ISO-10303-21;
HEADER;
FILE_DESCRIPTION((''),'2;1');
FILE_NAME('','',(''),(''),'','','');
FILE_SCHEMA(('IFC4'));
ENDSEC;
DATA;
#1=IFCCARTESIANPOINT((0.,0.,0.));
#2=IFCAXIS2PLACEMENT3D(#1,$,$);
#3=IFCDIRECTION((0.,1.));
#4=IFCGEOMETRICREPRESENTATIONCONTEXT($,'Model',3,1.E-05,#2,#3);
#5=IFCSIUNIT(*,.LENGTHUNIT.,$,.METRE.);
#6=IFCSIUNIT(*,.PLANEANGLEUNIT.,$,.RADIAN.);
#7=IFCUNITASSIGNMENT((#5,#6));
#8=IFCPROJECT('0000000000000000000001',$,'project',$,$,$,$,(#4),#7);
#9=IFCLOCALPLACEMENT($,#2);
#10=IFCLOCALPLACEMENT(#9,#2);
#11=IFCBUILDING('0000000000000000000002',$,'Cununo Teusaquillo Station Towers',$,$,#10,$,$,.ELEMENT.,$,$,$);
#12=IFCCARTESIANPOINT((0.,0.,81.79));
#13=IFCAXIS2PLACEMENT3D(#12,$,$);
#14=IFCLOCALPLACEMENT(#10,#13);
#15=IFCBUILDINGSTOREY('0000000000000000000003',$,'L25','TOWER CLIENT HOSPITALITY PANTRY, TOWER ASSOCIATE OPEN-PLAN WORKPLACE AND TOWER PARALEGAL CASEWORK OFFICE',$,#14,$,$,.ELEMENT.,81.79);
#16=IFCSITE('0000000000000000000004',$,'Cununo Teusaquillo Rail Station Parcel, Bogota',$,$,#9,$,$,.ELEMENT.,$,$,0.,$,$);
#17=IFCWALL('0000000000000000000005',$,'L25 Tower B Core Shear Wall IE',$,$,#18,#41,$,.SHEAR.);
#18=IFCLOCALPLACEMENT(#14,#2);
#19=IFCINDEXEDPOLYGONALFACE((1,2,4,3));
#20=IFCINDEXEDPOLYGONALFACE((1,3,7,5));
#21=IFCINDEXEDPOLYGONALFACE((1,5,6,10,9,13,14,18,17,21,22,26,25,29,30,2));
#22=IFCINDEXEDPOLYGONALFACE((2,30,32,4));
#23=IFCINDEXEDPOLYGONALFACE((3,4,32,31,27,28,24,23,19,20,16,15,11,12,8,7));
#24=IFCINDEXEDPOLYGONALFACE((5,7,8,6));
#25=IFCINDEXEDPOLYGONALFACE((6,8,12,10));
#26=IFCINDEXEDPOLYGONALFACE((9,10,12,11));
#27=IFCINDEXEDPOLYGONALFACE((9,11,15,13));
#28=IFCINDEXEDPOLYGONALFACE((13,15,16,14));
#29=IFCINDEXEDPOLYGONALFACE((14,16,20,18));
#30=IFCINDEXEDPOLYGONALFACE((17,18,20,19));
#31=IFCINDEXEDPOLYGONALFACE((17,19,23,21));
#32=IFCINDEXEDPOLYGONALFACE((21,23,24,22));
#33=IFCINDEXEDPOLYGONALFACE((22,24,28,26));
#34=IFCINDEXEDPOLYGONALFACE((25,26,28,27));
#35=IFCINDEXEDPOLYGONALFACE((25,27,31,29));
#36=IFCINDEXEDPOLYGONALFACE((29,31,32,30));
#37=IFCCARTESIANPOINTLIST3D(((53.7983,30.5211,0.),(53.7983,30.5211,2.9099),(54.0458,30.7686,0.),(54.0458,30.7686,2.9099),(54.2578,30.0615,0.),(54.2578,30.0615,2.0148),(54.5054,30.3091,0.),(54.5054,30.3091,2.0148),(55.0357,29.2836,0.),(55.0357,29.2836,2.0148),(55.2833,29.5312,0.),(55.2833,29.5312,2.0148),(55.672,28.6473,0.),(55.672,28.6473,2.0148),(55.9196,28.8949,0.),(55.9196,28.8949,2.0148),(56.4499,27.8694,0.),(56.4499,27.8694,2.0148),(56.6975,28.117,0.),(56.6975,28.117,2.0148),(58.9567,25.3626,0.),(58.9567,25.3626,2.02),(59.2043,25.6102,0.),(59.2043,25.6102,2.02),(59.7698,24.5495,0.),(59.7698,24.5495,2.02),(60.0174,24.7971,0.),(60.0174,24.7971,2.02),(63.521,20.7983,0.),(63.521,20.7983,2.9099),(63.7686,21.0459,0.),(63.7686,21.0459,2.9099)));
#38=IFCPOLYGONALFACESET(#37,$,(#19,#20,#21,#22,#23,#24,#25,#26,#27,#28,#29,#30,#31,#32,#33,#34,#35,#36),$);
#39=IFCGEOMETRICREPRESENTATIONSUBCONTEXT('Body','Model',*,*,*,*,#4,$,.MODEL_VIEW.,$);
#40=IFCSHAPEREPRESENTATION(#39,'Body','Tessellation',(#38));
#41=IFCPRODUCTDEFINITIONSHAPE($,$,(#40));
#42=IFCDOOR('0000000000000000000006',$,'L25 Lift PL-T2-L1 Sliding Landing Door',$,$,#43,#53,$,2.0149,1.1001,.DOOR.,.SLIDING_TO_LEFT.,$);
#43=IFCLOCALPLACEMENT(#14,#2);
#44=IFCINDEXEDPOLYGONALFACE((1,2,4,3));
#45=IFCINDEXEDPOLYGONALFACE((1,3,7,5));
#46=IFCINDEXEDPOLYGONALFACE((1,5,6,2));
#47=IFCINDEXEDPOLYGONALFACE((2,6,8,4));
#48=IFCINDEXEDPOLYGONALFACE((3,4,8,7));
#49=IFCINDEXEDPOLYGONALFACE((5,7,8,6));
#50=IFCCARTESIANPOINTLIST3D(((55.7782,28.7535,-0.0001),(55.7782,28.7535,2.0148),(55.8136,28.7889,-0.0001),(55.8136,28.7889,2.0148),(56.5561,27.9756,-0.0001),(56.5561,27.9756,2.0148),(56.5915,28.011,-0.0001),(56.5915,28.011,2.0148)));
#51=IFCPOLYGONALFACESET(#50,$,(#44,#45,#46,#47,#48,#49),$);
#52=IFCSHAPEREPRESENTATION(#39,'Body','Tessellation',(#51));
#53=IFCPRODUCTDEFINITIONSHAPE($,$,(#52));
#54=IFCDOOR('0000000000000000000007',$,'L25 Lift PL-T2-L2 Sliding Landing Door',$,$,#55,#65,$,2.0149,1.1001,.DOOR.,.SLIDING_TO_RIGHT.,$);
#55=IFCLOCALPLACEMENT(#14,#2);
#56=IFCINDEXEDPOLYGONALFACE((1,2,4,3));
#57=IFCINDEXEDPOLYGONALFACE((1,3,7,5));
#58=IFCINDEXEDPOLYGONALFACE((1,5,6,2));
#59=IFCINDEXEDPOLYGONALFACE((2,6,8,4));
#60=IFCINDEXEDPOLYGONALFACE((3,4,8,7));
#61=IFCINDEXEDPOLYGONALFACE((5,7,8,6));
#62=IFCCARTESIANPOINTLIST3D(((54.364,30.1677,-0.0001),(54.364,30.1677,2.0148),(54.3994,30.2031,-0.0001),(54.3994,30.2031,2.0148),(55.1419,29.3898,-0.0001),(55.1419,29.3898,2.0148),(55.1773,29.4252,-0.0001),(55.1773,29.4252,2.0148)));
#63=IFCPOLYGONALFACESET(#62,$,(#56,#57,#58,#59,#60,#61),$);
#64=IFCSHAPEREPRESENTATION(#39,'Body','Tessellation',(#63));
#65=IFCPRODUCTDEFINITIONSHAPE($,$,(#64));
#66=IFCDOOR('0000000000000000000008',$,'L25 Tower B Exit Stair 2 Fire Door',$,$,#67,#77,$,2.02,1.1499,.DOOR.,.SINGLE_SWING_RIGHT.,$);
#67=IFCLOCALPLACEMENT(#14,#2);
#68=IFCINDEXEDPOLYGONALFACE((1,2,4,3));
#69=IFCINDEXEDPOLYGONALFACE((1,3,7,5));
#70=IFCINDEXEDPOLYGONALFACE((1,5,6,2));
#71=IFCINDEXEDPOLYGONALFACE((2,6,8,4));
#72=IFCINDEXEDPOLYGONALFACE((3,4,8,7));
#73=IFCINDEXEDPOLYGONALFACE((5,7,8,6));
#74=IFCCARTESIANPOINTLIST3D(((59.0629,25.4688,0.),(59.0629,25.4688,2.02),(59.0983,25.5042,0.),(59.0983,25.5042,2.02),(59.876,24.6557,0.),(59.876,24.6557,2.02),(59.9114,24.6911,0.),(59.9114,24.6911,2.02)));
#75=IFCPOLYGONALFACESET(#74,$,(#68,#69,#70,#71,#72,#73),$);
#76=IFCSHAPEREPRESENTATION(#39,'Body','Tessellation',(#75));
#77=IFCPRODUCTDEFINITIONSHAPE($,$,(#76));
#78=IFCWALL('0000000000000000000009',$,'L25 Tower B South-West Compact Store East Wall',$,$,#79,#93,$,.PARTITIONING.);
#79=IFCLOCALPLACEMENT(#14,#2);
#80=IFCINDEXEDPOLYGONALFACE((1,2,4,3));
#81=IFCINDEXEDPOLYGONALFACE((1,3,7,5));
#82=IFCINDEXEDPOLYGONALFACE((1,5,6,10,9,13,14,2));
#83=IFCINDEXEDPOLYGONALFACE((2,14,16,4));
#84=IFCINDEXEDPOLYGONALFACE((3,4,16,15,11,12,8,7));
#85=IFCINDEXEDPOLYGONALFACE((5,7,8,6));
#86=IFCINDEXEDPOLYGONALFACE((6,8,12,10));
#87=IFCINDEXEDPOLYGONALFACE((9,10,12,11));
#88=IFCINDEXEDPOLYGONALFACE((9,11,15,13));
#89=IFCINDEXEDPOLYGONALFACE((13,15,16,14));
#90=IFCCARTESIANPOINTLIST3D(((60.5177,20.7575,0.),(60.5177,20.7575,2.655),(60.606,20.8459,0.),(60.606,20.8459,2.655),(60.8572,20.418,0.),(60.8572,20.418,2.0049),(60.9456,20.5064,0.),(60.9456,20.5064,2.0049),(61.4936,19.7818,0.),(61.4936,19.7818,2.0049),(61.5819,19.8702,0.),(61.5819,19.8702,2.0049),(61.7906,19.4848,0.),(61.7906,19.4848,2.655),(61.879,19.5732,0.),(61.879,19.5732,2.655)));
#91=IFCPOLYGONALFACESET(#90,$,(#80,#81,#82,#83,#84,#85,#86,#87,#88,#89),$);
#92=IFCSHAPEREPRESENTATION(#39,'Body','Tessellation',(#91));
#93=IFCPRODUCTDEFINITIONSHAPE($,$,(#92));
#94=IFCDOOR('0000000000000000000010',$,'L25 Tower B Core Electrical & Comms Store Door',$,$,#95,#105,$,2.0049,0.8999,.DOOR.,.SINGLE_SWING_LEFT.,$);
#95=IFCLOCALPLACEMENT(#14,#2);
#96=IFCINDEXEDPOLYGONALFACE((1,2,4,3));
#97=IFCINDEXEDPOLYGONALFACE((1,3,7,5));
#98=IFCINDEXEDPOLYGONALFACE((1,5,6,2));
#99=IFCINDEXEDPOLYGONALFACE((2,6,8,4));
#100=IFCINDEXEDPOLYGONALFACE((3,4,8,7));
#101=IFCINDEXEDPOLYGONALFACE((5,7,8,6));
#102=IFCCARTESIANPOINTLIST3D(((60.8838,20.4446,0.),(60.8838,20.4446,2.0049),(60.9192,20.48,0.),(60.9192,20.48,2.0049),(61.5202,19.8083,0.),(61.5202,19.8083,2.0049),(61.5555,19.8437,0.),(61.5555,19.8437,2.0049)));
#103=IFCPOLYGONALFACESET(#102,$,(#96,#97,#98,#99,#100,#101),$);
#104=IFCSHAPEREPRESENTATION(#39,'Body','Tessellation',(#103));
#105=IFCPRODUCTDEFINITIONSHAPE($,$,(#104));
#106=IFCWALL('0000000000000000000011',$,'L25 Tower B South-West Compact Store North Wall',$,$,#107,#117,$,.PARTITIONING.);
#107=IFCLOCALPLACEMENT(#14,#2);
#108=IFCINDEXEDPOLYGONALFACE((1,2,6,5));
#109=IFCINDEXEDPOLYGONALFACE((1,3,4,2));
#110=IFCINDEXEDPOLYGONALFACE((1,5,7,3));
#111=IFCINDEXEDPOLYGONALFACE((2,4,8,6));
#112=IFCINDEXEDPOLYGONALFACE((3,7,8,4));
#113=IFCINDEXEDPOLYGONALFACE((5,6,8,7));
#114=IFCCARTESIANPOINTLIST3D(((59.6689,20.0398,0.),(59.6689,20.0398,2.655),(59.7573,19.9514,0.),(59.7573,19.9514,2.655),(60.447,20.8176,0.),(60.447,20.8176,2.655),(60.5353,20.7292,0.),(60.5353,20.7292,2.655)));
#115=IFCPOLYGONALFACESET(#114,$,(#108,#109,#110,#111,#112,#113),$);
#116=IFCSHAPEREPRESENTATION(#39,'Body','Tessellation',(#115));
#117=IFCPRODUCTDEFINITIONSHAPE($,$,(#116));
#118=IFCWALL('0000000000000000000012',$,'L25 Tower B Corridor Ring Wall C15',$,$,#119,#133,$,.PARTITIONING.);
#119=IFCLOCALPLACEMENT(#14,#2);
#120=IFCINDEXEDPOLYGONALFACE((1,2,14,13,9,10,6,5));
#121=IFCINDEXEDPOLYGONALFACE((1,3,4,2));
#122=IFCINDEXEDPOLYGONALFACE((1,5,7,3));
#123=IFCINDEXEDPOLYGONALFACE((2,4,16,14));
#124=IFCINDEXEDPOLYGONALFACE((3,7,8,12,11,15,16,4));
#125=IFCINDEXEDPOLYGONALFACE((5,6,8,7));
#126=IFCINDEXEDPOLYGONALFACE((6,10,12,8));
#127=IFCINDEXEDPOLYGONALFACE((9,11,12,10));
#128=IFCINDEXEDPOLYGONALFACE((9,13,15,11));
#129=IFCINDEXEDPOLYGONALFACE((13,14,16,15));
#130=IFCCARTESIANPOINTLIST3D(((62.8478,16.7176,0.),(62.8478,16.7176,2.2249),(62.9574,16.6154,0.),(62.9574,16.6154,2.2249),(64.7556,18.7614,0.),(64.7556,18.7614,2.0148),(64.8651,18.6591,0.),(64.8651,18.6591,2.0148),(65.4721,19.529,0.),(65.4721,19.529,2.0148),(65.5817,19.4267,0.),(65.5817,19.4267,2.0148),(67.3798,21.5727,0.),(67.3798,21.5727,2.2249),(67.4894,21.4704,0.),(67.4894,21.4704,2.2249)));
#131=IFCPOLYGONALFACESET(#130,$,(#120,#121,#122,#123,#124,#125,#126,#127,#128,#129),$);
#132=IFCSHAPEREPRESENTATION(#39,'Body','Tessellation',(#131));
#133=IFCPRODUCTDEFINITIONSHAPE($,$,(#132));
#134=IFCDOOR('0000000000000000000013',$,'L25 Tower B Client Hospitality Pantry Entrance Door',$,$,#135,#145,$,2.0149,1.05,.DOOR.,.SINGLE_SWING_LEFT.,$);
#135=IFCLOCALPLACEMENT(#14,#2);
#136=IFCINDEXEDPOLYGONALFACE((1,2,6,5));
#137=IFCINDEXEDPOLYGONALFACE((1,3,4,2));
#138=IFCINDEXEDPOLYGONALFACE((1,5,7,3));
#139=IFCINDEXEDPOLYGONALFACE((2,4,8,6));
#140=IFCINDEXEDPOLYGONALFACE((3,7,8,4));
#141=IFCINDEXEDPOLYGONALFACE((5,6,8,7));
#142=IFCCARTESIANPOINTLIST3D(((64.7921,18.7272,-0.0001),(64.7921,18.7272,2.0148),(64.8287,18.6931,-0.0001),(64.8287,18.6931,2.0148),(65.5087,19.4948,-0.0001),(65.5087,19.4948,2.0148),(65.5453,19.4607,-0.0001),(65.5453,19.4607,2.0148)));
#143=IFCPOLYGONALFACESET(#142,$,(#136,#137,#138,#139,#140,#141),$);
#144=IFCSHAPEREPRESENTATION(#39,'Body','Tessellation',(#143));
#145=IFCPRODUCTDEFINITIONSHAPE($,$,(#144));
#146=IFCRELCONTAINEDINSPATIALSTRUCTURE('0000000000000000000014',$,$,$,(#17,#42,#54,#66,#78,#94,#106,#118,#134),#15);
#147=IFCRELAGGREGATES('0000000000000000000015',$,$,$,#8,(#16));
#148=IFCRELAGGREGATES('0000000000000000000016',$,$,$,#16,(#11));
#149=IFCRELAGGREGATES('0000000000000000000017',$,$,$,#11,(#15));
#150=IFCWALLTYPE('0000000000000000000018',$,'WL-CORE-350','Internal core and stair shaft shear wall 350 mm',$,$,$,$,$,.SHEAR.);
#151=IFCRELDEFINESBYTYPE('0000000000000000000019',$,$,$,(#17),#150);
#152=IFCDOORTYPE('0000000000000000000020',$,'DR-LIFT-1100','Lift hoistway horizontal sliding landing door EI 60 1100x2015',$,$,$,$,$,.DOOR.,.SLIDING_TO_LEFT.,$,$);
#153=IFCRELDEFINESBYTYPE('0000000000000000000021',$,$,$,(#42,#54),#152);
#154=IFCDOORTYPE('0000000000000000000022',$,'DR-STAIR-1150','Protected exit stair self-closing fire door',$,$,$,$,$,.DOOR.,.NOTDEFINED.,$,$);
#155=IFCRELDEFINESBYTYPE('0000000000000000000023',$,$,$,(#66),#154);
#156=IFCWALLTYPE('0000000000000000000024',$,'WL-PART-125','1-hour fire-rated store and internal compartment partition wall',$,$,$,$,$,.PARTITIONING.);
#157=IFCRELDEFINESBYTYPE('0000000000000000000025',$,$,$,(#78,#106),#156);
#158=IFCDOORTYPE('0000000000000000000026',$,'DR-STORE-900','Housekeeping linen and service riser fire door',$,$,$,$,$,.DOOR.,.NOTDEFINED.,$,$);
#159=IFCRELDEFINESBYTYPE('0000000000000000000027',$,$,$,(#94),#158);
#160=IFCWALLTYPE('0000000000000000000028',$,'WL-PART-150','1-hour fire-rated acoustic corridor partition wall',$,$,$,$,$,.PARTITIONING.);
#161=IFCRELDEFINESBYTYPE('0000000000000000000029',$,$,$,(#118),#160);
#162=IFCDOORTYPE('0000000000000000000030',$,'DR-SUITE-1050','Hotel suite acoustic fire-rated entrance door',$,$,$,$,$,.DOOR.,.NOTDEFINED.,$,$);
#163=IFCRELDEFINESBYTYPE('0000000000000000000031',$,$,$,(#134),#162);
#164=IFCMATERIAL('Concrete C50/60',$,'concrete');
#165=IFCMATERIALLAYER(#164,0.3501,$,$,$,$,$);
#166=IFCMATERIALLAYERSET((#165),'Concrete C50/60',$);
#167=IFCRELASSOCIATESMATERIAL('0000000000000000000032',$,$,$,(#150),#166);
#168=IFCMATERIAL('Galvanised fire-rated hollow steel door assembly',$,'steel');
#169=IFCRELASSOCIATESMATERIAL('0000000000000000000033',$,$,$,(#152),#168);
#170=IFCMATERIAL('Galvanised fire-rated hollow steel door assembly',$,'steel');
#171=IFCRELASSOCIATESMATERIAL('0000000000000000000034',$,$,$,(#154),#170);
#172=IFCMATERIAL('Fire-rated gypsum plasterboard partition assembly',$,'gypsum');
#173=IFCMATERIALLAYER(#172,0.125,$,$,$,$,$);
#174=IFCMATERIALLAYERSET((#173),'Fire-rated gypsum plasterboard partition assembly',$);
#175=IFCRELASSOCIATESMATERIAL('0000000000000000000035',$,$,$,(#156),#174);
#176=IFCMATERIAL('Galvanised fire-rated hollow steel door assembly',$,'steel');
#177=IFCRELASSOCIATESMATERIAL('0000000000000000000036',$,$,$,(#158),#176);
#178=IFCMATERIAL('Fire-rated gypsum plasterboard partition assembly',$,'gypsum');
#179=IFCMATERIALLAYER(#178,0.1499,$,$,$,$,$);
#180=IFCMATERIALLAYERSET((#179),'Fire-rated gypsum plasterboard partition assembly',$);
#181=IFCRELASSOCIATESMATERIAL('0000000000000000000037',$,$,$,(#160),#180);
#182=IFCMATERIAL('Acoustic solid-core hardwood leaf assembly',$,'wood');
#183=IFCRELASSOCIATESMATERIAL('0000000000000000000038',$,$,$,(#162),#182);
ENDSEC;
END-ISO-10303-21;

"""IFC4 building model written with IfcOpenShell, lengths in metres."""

from ifc_helpers import new_model, si_unit, direction, frame, frame_2d, origin, place, context, subcontext, project, spatial, rectangle, extrude, source, transform, mapped, material, layer, layer_set, type_object, element, fill, save


model = new_model("IFC4")

# Units and contexts
model_context = context("Model", 3, precision=1e-05, world=origin(), true_north=direction((0.0, 1.0)))
body_context = subcontext(model_context, "Body", "Model", "MODEL_VIEW")
ifc_project = project(units=[si_unit("LENGTHUNIT", "METRE"), si_unit("PLANEANGLEUNIT", "RADIAN")], contexts=[model_context])

# Site, building, storey
site_placement = place(None, origin())
site = spatial("IfcSite", under=ifc_project, at=site_placement, Name="Cununo Teusaquillo Rail Station Parcel, Bogota", CompositionType="ELEMENT", RefElevation=0.0)
building_placement = place(site_placement, origin())
building = spatial("IfcBuilding", under=site, at=building_placement, Name="Cununo Teusaquillo Station Towers", CompositionType="ELEMENT")
storey_placement = place(building_placement, frame((0.0, 0.0, 81.79)))
storey = spatial("IfcBuildingStorey", under=building, at=storey_placement, Name="L25", Description="TOWER CLIENT HOSPITALITY PANTRY, TOWER ASSOCIATE OPEN-PLAN WORKPLACE AND TOWER PARALEGAL CASEWORK OFFICE", CompositionType="ELEMENT", Elevation=81.79)

# Wall, openings, doors
ifc_material_1 = material(Name="Concrete C50/60", Category="concrete")
ifc_layer_1 = layer(ifc_material_1, 0.3501)
ifc_layer_set_1 = layer_set([ifc_layer_1], Name="Concrete C50/60")
wall_type_1 = type_object("IfcWallType", Name="WL-CORE-350", Description="Internal core and stair shaft shear wall 350 mm", PredefinedType="SHEAR", material=ifc_layer_set_1)
shared_shape_1 = source(origin(), body_context, "Body", "SweptSolid", [
    extrude(rectangle(XDim=1.1001, YDim=2.0149, at=frame_2d((0.55, 1.0073))), frame((0.0, 0.1851, 0.0), z_axis=(0.0, -1.0, 0.0), x_axis=(1.0, 0.0, 0.0)), (0.0, 0.0, 1.0), 0.3701),
])
shared_shape_2 = source(origin(), body_context, "Body", "SweptSolid", [
    extrude(rectangle(XDim=1.1499, YDim=2.02, at=frame_2d((0.575, 1.01))), frame((0.0, 0.1851, 0.0), z_axis=(0.0, -1.0, 0.0), x_axis=(1.0, 0.0, 0.0)), (0.0, 0.0, 1.0), 0.3701),
])
ifc_material_2 = material(Name="Galvanised fire-rated hollow steel door assembly", Category="steel")
door_type_1 = type_object("IfcDoorType", Name="DR-LIFT-1100", Description="Lift hoistway horizontal sliding landing door EI 60 1100x2015", OperationType="SLIDING_TO_LEFT", PredefinedType="DOOR", material=ifc_material_2)
shared_shape_3 = source(origin(), body_context, "Body", "SweptSolid", [
    extrude(rectangle(XDim=1.1001, YDim=2.0149, at=frame_2d((0.55, 1.0073))), frame((0.0, 0.0249, 0.0), z_axis=(0.0, -1.0, 0.0), x_axis=(1.0, 0.0, 0.0)), (0.0, 0.0, 1.0), 0.05),
])
ifc_material_3 = material(Name="Galvanised fire-rated hollow steel door assembly", Category="steel")
door_type_2 = type_object("IfcDoorType", Name="DR-STAIR-1150", Description="Protected exit stair self-closing fire door", OperationType="NOTDEFINED", PredefinedType="DOOR", material=ifc_material_3)
shared_shape_4 = source(origin(), body_context, "Body", "SweptSolid", [
    extrude(rectangle(XDim=1.1499, YDim=2.02, at=frame_2d((0.575, 1.01))), frame((0.0, 0.0249, 0.0), z_axis=(0.0, -1.0, 0.0), x_axis=(1.0, 0.0, 0.0)), (0.0, 0.0, 1.0), 0.05),
])
wall_1_placement = place(storey_placement, frame((63.6448, 20.9221, 0.0), z_axis=(0.0, 0.0, 1.0), x_axis=(-0.707107, 0.707107, 0.0)))
wall_1 = element("IfcWall", 1, at=wall_1_placement, inside=storey, type_object=wall_type_1, Name="L25 Tower B Core Shear Wall IE", PredefinedType="SHEAR", context=body_context, shape_type="SweptSolid", body=[
    extrude(rectangle(XDim=13.75, YDim=0.3501, at=frame_2d((6.875, 0.0))), origin(), (0.0, 0.0, 1.0), 2.9099),
])
opening_1_placement = place(wall_1_placement, frame((10.0, 0.0, 0.0)))
opening_1 = element("IfcOpeningElement", 2, at=opening_1_placement, cuts=wall_1, PredefinedType="OPENING", context=body_context, shape_type="MappedRepresentation", body=[
    mapped(shared_shape_1, transform((0.0, 0.0, 0.0), x_axis=(1.0, 0.0, 0.0), y_axis=(0.0, 1.0, 0.0), z_axis=(0.0, 0.0, 1.0), scale=1.0)),
])
opening_2_placement = place(wall_1_placement, frame((12.0, 0.0, 0.0)))
opening_2 = element("IfcOpeningElement", 3, at=opening_2_placement, cuts=wall_1, PredefinedType="OPENING", context=body_context, shape_type="MappedRepresentation", body=[
    mapped(shared_shape_1, transform((0.0, 0.0, 0.0), x_axis=(1.0, 0.0, 0.0), y_axis=(0.0, 1.0, 0.0), z_axis=(0.0, 0.0, 1.0), scale=1.0)),
])
opening_3_placement = place(wall_1_placement, frame((5.3049, 0.0, 0.0)))
opening_3 = element("IfcOpeningElement", 4, at=opening_3_placement, cuts=wall_1, PredefinedType="OPENING", context=body_context, shape_type="MappedRepresentation", body=[
    mapped(shared_shape_2, transform((0.0, 0.0, 0.0), x_axis=(1.0, 0.0, 0.0), y_axis=(0.0, 1.0, 0.0), z_axis=(0.0, 0.0, 1.0), scale=1.0)),
])
door_1_placement = place(opening_1_placement, origin())
door_1 = element("IfcDoor", 5, at=door_1_placement, inside=storey, type_object=door_type_1, Name="L25 Lift PL-T2-L1 Sliding Landing Door", OperationType="SLIDING_TO_LEFT", OverallHeight=2.0149, OverallWidth=1.1001, PredefinedType="DOOR", context=body_context, shape_type="MappedRepresentation", body=[
    mapped(shared_shape_3, transform((0.0, 0.0, 0.0), x_axis=(1.0, 0.0, 0.0), y_axis=(0.0, 1.0, 0.0), z_axis=(0.0, 0.0, 1.0), scale=1.0)),
])
fill(opening_1, door_1)
door_2_placement = place(opening_2_placement, origin())
door_2 = element("IfcDoor", 6, at=door_2_placement, inside=storey, type_object=door_type_1, Name="L25 Lift PL-T2-L2 Sliding Landing Door", OperationType="SLIDING_TO_RIGHT", OverallHeight=2.0149, OverallWidth=1.1001, PredefinedType="DOOR", context=body_context, shape_type="MappedRepresentation", body=[
    mapped(shared_shape_3, transform((0.0, 0.0, 0.0), x_axis=(1.0, 0.0, 0.0), y_axis=(0.0, 1.0, 0.0), z_axis=(0.0, 0.0, 1.0), scale=1.0)),
])
fill(opening_2, door_2)
door_3_placement = place(opening_3_placement, origin())
door_3 = element("IfcDoor", 7, at=door_3_placement, inside=storey, type_object=door_type_2, Name="L25 Tower B Exit Stair 2 Fire Door", OperationType="SINGLE_SWING_RIGHT", OverallHeight=2.02, OverallWidth=1.1499, PredefinedType="DOOR", context=body_context, shape_type="MappedRepresentation", body=[
    mapped(shared_shape_4, transform((0.0, 0.0, 0.0), x_axis=(1.0, 0.0, 0.0), y_axis=(0.0, 1.0, 0.0), z_axis=(0.0, 0.0, 1.0), scale=1.0)),
])
fill(opening_3, door_3)

# Wall, opening, door
ifc_material_4 = material(Name="Fire-rated gypsum plasterboard partition assembly", Category="gypsum")
ifc_layer_2 = layer(ifc_material_4, 0.125)
ifc_layer_set_2 = layer_set([ifc_layer_2], Name="Fire-rated gypsum plasterboard partition assembly")
wall_type_2 = type_object("IfcWallType", Name="WL-PART-125", Description="1-hour fire-rated store and internal compartment partition wall", PredefinedType="PARTITIONING", material=ifc_layer_set_2)
wall_2_placement = place(storey_placement, frame((61.8347, 19.5291, 0.0), z_axis=(0.0, 0.0, 1.0), x_axis=(-0.707175, 0.707039, 0.0)))
wall_2 = element("IfcWall", 8, at=wall_2_placement, inside=storey, type_object=wall_type_2, Name="L25 Tower B South-West Compact Store East Wall", PredefinedType="PARTITIONING", context=body_context, shape_type="SweptSolid", body=[
    extrude(rectangle(XDim=1.8, YDim=0.125, at=frame_2d((0.8999, 0.0))), origin(), (0.0, 0.0, 1.0), 2.655),
])
shared_shape_5 = source(origin(), body_context, "Body", "SweptSolid", [
    extrude(rectangle(XDim=0.8999, YDim=2.0049, at=frame_2d((0.45, 1.0024))), frame((0.0, 0.0725, 0.0), z_axis=(0.0, -1.0, 0.0), x_axis=(1.0, 0.0, 0.0)), (0.0, 0.0, 1.0), 0.145),
])
opening_4_placement = place(wall_2_placement, frame((0.4199, 0.0, 0.0)))
opening_4 = element("IfcOpeningElement", 9, at=opening_4_placement, cuts=wall_2, PredefinedType="OPENING", context=body_context, shape_type="MappedRepresentation", body=[
    mapped(shared_shape_5, transform((0.0, 0.0, 0.0), x_axis=(1.0, 0.0, 0.0), y_axis=(0.0, 1.0, 0.0), z_axis=(0.0, 0.0, 1.0), scale=1.0)),
])
ifc_material_5 = material(Name="Galvanised fire-rated hollow steel door assembly", Category="steel")
door_type_3 = type_object("IfcDoorType", Name="DR-STORE-900", Description="Housekeeping linen and service riser fire door", OperationType="NOTDEFINED", PredefinedType="DOOR", material=ifc_material_5)
shared_shape_6 = source(origin(), body_context, "Body", "SweptSolid", [
    extrude(rectangle(XDim=0.8999, YDim=2.0049, at=frame_2d((0.45, 1.0024))), frame((0.0, 0.0249, 0.0), z_axis=(0.0, -1.0, 0.0), x_axis=(1.0, 0.0, 0.0)), (0.0, 0.0, 1.0), 0.05),
])
door_4_placement = place(opening_4_placement, origin())
door_4 = element("IfcDoor", 10, at=door_4_placement, inside=storey, type_object=door_type_3, Name="L25 Tower B Core Electrical & Comms Store Door", OperationType="SINGLE_SWING_LEFT", OverallHeight=2.0049, OverallWidth=0.8999, PredefinedType="DOOR", context=body_context, shape_type="MappedRepresentation", body=[
    mapped(shared_shape_6, transform((0.0, 0.0, 0.0), x_axis=(1.0, 0.0, 0.0), y_axis=(0.0, 1.0, 0.0), z_axis=(0.0, 0.0, 1.0), scale=1.0)),
])
fill(opening_4, door_4)

# Wall
wall_3_placement = place(storey_placement, frame((59.7131, 19.9956, 0.0), z_axis=(0.0, 0.0, 1.0), x_axis=(0.707218, 0.706996, 0.0)))
element("IfcWall", 11, at=wall_3_placement, inside=storey, type_object=wall_type_2, Name="L25 Tower B South-West Compact Store North Wall", PredefinedType="PARTITIONING", context=body_context, shape_type="SweptSolid", body=[
    extrude(rectangle(XDim=1.1001, YDim=0.125, at=frame_2d((0.55, 0.0))), origin(), (0.0, 0.0, 1.0), 2.655),
])

# Wall, opening, door
ifc_material_6 = material(Name="Fire-rated gypsum plasterboard partition assembly", Category="gypsum")
ifc_layer_3 = layer(ifc_material_6, 0.1499)
ifc_layer_set_3 = layer_set([ifc_layer_3], Name="Fire-rated gypsum plasterboard partition assembly")
wall_type_3 = type_object("IfcWallType", Name="WL-PART-150", Description="1-hour fire-rated acoustic corridor partition wall", PredefinedType="PARTITIONING", material=ifc_layer_set_3)
wall_4_placement = place(storey_placement, frame((62.9026, 16.6665, 0.0), z_axis=(0.0, 0.0, 1.0), x_axis=(0.682372, 0.731005, 0.0)))
wall_4 = element("IfcWall", 12, at=wall_4_placement, inside=storey, type_object=wall_type_3, Name="L25 Tower B Corridor Ring Wall C15", PredefinedType="PARTITIONING", context=body_context, shape_type="SweptSolid", body=[
    extrude(rectangle(XDim=6.6416, YDim=0.1499, at=frame_2d((3.3208, 0.0))), origin(), (0.0, 0.0, 1.0), 2.2249),
])
shared_shape_7 = source(origin(), body_context, "Body", "SweptSolid", [
    extrude(rectangle(XDim=1.05, YDim=2.0149, at=frame_2d((0.5249, 1.0073))), frame((0.0, 0.085, 0.0), z_axis=(0.0, -1.0, 0.0), x_axis=(1.0, 0.0, 0.0)), (0.0, 0.0, 1.0), 0.1699),
])
opening_5_placement = place(wall_4_placement, frame((2.7959, 0.0, 0.0)))
opening_5 = element("IfcOpeningElement", 13, at=opening_5_placement, cuts=wall_4, PredefinedType="OPENING", context=body_context, shape_type="MappedRepresentation", body=[
    mapped(shared_shape_7, transform((0.0, 0.0, 0.0), x_axis=(1.0, 0.0, 0.0), y_axis=(0.0, 1.0, 0.0), z_axis=(0.0, 0.0, 1.0), scale=1.0)),
])
ifc_material_7 = material(Name="Acoustic solid-core hardwood leaf assembly", Category="wood")
door_type_4 = type_object("IfcDoorType", Name="DR-SUITE-1050", Description="Hotel suite acoustic fire-rated entrance door", OperationType="NOTDEFINED", PredefinedType="DOOR", material=ifc_material_7)
shared_shape_8 = source(origin(), body_context, "Body", "SweptSolid", [
    extrude(rectangle(XDim=1.05, YDim=2.0149, at=frame_2d((0.5249, 1.0073))), frame((0.0, 0.0249, 0.0), z_axis=(0.0, -1.0, 0.0), x_axis=(1.0, 0.0, 0.0)), (0.0, 0.0, 1.0), 0.05),
])
door_5_placement = place(opening_5_placement, origin())
door_5 = element("IfcDoor", 14, at=door_5_placement, inside=storey, type_object=door_type_4, Name="L25 Tower B Client Hospitality Pantry Entrance Door", OperationType="SINGLE_SWING_LEFT", OverallHeight=2.0149, OverallWidth=1.05, PredefinedType="DOOR", context=body_context, shape_type="MappedRepresentation", body=[
    mapped(shared_shape_8, transform((0.0, 0.0, 0.0), x_axis=(1.0, 0.0, 0.0), y_axis=(0.0, 1.0, 0.0), z_axis=(0.0, 0.0, 1.0), scale=1.0)),
])
fill(opening_5, door_5)

save(model, "model.ifc")
